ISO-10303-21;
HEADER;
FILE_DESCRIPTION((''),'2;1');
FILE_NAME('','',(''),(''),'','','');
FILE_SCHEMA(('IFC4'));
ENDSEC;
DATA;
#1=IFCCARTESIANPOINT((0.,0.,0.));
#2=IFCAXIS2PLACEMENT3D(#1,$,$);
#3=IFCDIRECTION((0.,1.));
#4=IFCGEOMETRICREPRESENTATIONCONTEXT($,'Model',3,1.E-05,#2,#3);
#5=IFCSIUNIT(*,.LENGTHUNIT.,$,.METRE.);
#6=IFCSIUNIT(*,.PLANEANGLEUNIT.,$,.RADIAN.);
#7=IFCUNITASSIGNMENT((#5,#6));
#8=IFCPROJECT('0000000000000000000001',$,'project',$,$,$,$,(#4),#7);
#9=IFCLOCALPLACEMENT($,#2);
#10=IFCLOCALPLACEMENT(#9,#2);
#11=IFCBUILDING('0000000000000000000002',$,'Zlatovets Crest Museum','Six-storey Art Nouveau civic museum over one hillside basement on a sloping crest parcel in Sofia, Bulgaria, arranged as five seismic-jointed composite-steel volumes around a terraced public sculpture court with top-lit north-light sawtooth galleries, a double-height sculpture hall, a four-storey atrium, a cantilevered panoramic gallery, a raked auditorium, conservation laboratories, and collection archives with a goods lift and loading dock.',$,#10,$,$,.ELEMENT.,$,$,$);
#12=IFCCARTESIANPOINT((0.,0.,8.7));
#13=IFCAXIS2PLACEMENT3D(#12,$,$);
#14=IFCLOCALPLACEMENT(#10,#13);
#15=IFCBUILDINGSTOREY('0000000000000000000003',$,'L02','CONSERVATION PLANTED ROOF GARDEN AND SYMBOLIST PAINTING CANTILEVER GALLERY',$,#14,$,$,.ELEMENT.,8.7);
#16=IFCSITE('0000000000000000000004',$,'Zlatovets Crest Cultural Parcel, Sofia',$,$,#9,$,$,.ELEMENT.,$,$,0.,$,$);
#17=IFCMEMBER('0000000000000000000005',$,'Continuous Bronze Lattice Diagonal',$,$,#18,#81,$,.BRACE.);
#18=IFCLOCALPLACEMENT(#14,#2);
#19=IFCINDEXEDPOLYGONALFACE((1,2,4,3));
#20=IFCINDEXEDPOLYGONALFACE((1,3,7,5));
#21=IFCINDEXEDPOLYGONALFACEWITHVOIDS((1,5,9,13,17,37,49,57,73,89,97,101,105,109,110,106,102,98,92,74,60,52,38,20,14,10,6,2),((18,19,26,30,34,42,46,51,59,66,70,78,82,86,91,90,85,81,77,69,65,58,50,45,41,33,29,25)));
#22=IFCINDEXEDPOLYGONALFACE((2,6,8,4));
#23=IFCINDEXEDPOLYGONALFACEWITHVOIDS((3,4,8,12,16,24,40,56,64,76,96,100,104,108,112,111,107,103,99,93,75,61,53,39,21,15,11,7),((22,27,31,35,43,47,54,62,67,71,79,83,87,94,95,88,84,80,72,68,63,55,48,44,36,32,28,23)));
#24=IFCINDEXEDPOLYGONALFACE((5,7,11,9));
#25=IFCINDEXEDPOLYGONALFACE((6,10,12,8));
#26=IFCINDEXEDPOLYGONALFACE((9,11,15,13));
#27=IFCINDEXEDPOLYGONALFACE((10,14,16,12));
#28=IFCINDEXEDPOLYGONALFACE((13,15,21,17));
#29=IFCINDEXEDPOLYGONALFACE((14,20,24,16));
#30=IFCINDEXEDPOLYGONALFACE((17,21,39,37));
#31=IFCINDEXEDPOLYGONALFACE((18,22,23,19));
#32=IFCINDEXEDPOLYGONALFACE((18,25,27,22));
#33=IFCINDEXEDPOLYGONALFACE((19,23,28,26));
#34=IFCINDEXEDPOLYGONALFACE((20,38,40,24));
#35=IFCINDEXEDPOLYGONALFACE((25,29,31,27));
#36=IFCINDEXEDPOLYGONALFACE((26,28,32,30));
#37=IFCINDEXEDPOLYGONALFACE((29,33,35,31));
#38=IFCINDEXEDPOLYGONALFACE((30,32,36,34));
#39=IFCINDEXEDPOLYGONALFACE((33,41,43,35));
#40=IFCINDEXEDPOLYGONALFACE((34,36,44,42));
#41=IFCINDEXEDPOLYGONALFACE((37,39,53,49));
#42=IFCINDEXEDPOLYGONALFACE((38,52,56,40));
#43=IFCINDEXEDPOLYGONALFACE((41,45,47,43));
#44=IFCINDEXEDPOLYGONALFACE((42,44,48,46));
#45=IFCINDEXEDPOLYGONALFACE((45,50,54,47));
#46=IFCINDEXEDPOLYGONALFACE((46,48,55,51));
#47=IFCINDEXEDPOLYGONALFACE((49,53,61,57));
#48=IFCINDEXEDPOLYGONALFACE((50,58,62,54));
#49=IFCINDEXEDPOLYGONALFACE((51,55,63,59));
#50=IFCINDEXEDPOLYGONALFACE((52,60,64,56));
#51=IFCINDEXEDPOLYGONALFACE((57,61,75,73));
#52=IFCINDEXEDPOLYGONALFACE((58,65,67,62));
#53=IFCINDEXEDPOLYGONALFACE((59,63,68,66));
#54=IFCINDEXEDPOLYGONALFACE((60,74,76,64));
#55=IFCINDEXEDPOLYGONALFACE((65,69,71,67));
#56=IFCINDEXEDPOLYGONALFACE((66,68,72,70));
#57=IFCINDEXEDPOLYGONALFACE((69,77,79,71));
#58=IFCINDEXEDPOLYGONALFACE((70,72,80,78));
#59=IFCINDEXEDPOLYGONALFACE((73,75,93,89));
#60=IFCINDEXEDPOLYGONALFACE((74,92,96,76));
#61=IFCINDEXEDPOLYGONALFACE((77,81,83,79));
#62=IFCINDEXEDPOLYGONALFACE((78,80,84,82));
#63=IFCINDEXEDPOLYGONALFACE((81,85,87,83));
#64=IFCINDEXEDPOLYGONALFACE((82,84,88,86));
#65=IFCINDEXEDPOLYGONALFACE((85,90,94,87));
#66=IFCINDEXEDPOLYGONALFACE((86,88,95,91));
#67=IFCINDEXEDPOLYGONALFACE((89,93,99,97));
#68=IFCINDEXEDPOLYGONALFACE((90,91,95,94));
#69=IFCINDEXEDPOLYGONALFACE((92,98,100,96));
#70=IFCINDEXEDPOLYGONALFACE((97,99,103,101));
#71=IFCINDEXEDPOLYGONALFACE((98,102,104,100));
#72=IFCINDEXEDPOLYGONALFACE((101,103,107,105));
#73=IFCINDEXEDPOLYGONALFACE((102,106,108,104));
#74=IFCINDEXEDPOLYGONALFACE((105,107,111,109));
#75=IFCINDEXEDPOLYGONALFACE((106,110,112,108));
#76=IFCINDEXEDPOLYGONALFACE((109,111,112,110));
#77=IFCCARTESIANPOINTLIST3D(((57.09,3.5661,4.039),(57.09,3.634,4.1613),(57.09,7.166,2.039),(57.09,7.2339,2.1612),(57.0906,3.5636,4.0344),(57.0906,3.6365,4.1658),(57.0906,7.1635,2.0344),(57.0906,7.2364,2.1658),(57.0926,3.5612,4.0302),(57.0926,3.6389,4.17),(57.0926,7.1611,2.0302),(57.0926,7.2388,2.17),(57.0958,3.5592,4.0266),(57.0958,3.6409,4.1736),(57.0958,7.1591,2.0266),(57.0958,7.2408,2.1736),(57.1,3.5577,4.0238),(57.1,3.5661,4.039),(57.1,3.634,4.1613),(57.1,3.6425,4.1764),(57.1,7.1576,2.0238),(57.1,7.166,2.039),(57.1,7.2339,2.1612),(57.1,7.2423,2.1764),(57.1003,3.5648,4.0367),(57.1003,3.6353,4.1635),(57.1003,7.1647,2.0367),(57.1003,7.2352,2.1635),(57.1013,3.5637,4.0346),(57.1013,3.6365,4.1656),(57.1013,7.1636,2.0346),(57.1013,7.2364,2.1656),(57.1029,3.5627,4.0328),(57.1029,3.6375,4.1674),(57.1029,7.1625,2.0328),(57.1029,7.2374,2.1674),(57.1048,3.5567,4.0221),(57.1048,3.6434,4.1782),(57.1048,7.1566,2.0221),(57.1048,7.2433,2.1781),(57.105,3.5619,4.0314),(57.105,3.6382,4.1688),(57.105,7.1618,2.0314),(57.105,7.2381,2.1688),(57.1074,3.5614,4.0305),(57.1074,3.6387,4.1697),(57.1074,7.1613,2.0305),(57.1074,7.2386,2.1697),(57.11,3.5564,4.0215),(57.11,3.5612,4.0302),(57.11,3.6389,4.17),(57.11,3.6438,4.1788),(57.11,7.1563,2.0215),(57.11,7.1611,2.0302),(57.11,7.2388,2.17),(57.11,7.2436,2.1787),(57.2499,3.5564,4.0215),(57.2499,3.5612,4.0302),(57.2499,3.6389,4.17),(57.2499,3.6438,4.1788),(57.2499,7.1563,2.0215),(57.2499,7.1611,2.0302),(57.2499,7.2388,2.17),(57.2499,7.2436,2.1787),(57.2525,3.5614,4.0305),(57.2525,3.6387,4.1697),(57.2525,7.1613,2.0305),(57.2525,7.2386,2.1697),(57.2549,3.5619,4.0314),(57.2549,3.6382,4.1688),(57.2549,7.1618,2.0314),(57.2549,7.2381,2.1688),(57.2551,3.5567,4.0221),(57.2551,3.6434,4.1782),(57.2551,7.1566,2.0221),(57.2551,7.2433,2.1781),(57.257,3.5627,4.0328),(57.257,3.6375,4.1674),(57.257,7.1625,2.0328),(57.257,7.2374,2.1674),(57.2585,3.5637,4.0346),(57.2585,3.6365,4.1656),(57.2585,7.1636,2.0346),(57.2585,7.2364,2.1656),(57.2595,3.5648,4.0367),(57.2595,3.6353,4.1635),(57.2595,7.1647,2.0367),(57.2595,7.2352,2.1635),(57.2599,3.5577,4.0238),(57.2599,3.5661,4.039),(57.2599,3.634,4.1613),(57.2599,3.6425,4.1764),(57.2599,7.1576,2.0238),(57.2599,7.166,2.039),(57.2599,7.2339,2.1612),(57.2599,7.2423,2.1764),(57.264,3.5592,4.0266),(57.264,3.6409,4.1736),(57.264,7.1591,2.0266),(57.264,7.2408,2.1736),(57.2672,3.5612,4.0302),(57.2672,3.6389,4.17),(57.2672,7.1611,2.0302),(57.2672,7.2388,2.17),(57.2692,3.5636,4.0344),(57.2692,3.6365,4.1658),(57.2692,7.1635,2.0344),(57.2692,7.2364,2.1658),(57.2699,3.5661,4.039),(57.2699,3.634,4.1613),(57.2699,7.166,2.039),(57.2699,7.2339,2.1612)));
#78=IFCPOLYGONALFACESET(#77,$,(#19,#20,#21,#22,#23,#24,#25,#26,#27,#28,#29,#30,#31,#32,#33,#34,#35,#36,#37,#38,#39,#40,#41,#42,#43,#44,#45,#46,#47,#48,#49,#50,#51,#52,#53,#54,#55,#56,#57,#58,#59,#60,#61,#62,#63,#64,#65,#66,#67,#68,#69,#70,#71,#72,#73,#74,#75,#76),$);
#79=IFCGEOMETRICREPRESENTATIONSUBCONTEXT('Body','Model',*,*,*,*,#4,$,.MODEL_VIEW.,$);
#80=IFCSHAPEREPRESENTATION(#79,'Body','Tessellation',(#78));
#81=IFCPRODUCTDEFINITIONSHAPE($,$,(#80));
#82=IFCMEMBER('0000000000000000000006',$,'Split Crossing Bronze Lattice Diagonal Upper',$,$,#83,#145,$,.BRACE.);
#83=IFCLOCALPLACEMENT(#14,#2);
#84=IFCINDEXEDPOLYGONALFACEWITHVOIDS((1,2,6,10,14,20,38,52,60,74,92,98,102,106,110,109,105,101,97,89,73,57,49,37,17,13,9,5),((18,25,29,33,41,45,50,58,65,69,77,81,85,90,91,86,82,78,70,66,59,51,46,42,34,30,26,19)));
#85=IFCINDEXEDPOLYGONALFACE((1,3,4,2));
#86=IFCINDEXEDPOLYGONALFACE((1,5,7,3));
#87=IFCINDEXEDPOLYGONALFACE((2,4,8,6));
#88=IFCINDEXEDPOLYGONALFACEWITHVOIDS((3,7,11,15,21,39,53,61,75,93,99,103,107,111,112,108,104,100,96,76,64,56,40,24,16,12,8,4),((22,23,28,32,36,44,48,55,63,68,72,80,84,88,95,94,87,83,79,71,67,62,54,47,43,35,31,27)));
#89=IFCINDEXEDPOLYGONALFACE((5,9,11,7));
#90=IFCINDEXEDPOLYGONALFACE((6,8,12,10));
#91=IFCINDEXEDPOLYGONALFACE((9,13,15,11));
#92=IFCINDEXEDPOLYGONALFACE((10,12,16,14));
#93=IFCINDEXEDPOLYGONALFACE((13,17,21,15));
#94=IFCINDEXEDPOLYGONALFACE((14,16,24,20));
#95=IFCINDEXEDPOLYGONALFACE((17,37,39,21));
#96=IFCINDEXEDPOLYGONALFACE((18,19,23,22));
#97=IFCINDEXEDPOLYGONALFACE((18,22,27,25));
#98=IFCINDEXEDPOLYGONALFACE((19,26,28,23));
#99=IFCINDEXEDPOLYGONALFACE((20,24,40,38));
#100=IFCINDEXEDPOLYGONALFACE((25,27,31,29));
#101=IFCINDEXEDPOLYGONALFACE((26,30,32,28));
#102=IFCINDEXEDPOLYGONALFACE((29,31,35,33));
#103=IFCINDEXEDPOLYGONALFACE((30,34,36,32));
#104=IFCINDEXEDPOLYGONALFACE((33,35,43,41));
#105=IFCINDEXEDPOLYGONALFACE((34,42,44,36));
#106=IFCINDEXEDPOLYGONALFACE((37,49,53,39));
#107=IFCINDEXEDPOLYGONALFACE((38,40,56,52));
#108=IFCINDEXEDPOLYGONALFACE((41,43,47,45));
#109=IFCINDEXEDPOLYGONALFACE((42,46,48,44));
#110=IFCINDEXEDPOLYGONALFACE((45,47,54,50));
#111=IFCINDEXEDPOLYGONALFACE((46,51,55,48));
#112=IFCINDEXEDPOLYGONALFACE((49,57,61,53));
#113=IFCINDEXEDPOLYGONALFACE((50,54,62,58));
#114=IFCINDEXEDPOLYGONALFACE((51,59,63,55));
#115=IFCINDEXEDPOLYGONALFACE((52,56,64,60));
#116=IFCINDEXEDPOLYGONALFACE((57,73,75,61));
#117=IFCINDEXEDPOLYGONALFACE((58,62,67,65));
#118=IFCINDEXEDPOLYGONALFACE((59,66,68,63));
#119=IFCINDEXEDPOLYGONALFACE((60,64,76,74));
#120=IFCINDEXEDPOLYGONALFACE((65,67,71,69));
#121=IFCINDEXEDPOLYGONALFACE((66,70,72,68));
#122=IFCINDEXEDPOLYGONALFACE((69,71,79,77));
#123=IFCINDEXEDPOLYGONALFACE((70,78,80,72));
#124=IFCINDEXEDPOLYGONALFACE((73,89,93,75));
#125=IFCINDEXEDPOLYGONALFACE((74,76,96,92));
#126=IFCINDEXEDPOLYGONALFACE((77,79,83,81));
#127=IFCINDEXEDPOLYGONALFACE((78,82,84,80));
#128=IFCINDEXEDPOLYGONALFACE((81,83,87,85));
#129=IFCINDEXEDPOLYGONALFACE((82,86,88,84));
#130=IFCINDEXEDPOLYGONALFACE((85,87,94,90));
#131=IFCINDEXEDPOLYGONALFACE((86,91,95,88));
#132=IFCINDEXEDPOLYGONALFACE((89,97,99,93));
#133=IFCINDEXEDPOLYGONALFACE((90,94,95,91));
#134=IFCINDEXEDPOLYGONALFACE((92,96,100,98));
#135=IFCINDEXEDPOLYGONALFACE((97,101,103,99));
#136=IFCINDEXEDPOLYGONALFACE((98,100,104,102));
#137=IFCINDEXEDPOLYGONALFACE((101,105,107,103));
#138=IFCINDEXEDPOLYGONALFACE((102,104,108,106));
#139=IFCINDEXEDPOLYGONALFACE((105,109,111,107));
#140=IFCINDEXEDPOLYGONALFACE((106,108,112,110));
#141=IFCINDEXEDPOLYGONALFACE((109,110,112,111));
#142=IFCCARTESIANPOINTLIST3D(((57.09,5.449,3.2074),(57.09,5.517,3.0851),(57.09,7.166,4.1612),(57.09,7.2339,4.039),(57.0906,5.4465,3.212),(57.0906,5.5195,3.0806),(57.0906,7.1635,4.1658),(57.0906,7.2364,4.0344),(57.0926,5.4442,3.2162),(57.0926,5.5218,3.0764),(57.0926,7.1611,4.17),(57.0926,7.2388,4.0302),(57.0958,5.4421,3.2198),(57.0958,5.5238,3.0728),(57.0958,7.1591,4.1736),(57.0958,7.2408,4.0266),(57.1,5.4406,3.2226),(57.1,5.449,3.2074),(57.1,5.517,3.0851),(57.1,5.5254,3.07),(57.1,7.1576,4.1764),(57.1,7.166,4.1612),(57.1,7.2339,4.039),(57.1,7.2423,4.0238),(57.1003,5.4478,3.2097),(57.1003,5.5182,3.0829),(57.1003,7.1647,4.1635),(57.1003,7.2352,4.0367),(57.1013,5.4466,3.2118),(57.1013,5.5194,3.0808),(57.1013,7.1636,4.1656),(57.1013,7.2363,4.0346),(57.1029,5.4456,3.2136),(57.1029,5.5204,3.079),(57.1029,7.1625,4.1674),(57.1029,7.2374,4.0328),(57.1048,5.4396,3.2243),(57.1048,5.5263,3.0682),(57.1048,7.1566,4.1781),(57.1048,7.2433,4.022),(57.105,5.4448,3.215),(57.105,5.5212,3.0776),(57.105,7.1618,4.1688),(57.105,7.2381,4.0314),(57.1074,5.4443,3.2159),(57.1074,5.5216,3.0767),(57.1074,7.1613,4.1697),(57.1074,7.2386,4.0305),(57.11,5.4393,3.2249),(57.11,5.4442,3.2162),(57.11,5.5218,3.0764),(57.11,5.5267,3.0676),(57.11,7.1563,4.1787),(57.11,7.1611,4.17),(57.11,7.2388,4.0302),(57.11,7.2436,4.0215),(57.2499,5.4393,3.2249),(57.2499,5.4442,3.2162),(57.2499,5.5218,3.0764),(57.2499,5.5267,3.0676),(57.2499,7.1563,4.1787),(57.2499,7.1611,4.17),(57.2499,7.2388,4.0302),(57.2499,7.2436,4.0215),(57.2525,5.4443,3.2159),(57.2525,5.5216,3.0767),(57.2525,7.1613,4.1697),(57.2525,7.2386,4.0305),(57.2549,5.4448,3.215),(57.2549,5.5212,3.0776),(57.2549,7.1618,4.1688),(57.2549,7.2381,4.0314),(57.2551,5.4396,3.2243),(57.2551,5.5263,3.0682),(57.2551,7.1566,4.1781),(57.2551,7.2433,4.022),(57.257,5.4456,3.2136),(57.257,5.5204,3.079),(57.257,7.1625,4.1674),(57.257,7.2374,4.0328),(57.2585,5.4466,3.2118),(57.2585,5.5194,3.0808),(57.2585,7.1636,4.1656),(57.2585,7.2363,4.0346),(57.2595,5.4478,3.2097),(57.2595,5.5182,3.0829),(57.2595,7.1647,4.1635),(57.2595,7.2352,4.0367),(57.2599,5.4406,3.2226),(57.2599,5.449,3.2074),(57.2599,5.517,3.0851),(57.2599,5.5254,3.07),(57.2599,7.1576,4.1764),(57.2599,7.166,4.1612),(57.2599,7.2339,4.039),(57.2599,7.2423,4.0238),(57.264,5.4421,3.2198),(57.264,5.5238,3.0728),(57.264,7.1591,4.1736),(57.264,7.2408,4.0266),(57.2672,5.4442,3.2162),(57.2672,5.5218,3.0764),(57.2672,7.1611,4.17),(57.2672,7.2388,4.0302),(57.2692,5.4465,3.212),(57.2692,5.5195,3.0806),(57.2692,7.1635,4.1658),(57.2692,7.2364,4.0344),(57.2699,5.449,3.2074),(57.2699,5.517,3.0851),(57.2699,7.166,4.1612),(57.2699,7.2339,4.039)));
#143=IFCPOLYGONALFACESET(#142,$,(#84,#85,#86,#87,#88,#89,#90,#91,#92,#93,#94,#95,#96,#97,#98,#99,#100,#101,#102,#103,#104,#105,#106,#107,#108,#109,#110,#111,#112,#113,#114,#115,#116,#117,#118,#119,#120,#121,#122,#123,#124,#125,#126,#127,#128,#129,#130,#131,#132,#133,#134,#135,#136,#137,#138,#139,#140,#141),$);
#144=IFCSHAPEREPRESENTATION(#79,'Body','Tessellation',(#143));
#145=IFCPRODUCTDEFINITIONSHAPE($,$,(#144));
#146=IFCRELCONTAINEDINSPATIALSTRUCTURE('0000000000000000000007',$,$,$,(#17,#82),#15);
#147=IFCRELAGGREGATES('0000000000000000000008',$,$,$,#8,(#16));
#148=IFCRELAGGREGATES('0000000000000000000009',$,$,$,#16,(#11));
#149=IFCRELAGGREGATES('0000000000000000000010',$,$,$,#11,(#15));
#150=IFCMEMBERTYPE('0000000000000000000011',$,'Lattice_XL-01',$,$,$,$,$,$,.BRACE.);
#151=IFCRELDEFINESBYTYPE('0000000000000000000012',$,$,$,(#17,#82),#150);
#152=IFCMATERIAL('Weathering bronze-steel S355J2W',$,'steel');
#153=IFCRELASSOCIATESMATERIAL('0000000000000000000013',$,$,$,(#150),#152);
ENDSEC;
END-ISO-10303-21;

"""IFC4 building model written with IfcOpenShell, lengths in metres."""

from ifc_helpers import new_model, si_unit, direction, frame, origin, origin_2d, place, context, subcontext, project, spatial, hollow_rectangle, extrude, material, material_profile, profile_set, type_object, element, save


model = new_model("IFC4")

# Units and contexts
model_context = context("Model", 3, precision=1e-05, world=origin(), true_north=direction((0.0, 1.0)))
body_context = subcontext(model_context, "Body", "Model", "MODEL_VIEW")
ifc_project = project(units=[si_unit("LENGTHUNIT", "METRE"), si_unit("PLANEANGLEUNIT", "RADIAN")], contexts=[model_context])

# Site, building, storey
site_placement = place(None, origin())
site = spatial("IfcSite", under=ifc_project, at=site_placement, Name="Zlatovets Crest Cultural Parcel, Sofia", CompositionType="ELEMENT", RefElevation=0.0)
building_placement = place(site_placement, origin())
building = spatial("IfcBuilding", under=site, at=building_placement, Name="Zlatovets Crest Museum", Description="Six-storey Art Nouveau civic museum over one hillside basement on a sloping crest parcel in Sofia, Bulgaria, arranged as five seismic-jointed composite-steel volumes around a terraced public sculpture court with top-lit north-light sawtooth galleries, a double-height sculpture hall, a four-storey atrium, a cantilevered panoramic gallery, a raked auditorium, conservation laboratories, and collection archives with a goods lift and loading dock.", CompositionType="ELEMENT")
storey_placement = place(building_placement, frame((0.0, 0.0, 8.7)))
storey = spatial("IfcBuildingStorey", under=building, at=storey_placement, Name="L02", Description="CONSERVATION PLANTED ROOF GARDEN AND SYMBOLIST PAINTING CANTILEVER GALLERY", CompositionType="ELEMENT", Elevation=8.7)

# Members
ifc_material_1 = material(Name="Weathering bronze-steel S355J2W", Category="steel")
ifc_material_profile_1 = material_profile(ifc_material_1, hollow_rectangle(XDim=0.1799, YDim=0.1799, WallThickness=0.01, InnerFilletRadius=0.01, OuterFilletRadius=0.02, at=origin_2d()), Name="SHS 180x180x10.0")
ifc_profile_set_1 = profile_set([ifc_material_profile_1], Name="Weathering bronze-steel S355J2W")
member_type_1 = type_object("IfcMemberType", Name="Lattice_XL-01", PredefinedType="BRACE", material=ifc_profile_set_1)
member_1_placement = place(storey_placement, frame((57.1799, 7.2, 2.1001), z_axis=(0.0, -0.874149, 0.485658), x_axis=(1.0, 0.0, 0.0)))
element("IfcMember", 1, at=member_1_placement, inside=storey, type_object=member_type_1, Name="Continuous Bronze Lattice Diagonal", PredefinedType="BRACE", context=body_context, shape_type="SweptSolid", body=[
    extrude(hollow_rectangle(XDim=0.1799, YDim=0.1799, WallThickness=0.01, InnerFilletRadius=0.01, OuterFilletRadius=0.02, at=origin_2d()), origin(), (0.0, 0.0, 1.0), 4.1182),
])
member_2_placement = place(storey_placement, frame((57.1799, 7.2, 4.1001), z_axis=(0.0, -0.874169, -0.485622), x_axis=(1.0, 0.0, 0.0)))
element("IfcMember", 2, at=member_2_placement, inside=storey, type_object=member_type_1, Name="Split Crossing Bronze Lattice Diagonal Upper", PredefinedType="BRACE", context=body_context, shape_type="SweptSolid", body=[
    extrude(hollow_rectangle(XDim=0.1799, YDim=0.1799, WallThickness=0.01, InnerFilletRadius=0.01, OuterFilletRadius=0.02, at=origin_2d()), origin(), (0.0, 0.0, 1.0), 1.9641),
])

save(model, "model.ifc")
